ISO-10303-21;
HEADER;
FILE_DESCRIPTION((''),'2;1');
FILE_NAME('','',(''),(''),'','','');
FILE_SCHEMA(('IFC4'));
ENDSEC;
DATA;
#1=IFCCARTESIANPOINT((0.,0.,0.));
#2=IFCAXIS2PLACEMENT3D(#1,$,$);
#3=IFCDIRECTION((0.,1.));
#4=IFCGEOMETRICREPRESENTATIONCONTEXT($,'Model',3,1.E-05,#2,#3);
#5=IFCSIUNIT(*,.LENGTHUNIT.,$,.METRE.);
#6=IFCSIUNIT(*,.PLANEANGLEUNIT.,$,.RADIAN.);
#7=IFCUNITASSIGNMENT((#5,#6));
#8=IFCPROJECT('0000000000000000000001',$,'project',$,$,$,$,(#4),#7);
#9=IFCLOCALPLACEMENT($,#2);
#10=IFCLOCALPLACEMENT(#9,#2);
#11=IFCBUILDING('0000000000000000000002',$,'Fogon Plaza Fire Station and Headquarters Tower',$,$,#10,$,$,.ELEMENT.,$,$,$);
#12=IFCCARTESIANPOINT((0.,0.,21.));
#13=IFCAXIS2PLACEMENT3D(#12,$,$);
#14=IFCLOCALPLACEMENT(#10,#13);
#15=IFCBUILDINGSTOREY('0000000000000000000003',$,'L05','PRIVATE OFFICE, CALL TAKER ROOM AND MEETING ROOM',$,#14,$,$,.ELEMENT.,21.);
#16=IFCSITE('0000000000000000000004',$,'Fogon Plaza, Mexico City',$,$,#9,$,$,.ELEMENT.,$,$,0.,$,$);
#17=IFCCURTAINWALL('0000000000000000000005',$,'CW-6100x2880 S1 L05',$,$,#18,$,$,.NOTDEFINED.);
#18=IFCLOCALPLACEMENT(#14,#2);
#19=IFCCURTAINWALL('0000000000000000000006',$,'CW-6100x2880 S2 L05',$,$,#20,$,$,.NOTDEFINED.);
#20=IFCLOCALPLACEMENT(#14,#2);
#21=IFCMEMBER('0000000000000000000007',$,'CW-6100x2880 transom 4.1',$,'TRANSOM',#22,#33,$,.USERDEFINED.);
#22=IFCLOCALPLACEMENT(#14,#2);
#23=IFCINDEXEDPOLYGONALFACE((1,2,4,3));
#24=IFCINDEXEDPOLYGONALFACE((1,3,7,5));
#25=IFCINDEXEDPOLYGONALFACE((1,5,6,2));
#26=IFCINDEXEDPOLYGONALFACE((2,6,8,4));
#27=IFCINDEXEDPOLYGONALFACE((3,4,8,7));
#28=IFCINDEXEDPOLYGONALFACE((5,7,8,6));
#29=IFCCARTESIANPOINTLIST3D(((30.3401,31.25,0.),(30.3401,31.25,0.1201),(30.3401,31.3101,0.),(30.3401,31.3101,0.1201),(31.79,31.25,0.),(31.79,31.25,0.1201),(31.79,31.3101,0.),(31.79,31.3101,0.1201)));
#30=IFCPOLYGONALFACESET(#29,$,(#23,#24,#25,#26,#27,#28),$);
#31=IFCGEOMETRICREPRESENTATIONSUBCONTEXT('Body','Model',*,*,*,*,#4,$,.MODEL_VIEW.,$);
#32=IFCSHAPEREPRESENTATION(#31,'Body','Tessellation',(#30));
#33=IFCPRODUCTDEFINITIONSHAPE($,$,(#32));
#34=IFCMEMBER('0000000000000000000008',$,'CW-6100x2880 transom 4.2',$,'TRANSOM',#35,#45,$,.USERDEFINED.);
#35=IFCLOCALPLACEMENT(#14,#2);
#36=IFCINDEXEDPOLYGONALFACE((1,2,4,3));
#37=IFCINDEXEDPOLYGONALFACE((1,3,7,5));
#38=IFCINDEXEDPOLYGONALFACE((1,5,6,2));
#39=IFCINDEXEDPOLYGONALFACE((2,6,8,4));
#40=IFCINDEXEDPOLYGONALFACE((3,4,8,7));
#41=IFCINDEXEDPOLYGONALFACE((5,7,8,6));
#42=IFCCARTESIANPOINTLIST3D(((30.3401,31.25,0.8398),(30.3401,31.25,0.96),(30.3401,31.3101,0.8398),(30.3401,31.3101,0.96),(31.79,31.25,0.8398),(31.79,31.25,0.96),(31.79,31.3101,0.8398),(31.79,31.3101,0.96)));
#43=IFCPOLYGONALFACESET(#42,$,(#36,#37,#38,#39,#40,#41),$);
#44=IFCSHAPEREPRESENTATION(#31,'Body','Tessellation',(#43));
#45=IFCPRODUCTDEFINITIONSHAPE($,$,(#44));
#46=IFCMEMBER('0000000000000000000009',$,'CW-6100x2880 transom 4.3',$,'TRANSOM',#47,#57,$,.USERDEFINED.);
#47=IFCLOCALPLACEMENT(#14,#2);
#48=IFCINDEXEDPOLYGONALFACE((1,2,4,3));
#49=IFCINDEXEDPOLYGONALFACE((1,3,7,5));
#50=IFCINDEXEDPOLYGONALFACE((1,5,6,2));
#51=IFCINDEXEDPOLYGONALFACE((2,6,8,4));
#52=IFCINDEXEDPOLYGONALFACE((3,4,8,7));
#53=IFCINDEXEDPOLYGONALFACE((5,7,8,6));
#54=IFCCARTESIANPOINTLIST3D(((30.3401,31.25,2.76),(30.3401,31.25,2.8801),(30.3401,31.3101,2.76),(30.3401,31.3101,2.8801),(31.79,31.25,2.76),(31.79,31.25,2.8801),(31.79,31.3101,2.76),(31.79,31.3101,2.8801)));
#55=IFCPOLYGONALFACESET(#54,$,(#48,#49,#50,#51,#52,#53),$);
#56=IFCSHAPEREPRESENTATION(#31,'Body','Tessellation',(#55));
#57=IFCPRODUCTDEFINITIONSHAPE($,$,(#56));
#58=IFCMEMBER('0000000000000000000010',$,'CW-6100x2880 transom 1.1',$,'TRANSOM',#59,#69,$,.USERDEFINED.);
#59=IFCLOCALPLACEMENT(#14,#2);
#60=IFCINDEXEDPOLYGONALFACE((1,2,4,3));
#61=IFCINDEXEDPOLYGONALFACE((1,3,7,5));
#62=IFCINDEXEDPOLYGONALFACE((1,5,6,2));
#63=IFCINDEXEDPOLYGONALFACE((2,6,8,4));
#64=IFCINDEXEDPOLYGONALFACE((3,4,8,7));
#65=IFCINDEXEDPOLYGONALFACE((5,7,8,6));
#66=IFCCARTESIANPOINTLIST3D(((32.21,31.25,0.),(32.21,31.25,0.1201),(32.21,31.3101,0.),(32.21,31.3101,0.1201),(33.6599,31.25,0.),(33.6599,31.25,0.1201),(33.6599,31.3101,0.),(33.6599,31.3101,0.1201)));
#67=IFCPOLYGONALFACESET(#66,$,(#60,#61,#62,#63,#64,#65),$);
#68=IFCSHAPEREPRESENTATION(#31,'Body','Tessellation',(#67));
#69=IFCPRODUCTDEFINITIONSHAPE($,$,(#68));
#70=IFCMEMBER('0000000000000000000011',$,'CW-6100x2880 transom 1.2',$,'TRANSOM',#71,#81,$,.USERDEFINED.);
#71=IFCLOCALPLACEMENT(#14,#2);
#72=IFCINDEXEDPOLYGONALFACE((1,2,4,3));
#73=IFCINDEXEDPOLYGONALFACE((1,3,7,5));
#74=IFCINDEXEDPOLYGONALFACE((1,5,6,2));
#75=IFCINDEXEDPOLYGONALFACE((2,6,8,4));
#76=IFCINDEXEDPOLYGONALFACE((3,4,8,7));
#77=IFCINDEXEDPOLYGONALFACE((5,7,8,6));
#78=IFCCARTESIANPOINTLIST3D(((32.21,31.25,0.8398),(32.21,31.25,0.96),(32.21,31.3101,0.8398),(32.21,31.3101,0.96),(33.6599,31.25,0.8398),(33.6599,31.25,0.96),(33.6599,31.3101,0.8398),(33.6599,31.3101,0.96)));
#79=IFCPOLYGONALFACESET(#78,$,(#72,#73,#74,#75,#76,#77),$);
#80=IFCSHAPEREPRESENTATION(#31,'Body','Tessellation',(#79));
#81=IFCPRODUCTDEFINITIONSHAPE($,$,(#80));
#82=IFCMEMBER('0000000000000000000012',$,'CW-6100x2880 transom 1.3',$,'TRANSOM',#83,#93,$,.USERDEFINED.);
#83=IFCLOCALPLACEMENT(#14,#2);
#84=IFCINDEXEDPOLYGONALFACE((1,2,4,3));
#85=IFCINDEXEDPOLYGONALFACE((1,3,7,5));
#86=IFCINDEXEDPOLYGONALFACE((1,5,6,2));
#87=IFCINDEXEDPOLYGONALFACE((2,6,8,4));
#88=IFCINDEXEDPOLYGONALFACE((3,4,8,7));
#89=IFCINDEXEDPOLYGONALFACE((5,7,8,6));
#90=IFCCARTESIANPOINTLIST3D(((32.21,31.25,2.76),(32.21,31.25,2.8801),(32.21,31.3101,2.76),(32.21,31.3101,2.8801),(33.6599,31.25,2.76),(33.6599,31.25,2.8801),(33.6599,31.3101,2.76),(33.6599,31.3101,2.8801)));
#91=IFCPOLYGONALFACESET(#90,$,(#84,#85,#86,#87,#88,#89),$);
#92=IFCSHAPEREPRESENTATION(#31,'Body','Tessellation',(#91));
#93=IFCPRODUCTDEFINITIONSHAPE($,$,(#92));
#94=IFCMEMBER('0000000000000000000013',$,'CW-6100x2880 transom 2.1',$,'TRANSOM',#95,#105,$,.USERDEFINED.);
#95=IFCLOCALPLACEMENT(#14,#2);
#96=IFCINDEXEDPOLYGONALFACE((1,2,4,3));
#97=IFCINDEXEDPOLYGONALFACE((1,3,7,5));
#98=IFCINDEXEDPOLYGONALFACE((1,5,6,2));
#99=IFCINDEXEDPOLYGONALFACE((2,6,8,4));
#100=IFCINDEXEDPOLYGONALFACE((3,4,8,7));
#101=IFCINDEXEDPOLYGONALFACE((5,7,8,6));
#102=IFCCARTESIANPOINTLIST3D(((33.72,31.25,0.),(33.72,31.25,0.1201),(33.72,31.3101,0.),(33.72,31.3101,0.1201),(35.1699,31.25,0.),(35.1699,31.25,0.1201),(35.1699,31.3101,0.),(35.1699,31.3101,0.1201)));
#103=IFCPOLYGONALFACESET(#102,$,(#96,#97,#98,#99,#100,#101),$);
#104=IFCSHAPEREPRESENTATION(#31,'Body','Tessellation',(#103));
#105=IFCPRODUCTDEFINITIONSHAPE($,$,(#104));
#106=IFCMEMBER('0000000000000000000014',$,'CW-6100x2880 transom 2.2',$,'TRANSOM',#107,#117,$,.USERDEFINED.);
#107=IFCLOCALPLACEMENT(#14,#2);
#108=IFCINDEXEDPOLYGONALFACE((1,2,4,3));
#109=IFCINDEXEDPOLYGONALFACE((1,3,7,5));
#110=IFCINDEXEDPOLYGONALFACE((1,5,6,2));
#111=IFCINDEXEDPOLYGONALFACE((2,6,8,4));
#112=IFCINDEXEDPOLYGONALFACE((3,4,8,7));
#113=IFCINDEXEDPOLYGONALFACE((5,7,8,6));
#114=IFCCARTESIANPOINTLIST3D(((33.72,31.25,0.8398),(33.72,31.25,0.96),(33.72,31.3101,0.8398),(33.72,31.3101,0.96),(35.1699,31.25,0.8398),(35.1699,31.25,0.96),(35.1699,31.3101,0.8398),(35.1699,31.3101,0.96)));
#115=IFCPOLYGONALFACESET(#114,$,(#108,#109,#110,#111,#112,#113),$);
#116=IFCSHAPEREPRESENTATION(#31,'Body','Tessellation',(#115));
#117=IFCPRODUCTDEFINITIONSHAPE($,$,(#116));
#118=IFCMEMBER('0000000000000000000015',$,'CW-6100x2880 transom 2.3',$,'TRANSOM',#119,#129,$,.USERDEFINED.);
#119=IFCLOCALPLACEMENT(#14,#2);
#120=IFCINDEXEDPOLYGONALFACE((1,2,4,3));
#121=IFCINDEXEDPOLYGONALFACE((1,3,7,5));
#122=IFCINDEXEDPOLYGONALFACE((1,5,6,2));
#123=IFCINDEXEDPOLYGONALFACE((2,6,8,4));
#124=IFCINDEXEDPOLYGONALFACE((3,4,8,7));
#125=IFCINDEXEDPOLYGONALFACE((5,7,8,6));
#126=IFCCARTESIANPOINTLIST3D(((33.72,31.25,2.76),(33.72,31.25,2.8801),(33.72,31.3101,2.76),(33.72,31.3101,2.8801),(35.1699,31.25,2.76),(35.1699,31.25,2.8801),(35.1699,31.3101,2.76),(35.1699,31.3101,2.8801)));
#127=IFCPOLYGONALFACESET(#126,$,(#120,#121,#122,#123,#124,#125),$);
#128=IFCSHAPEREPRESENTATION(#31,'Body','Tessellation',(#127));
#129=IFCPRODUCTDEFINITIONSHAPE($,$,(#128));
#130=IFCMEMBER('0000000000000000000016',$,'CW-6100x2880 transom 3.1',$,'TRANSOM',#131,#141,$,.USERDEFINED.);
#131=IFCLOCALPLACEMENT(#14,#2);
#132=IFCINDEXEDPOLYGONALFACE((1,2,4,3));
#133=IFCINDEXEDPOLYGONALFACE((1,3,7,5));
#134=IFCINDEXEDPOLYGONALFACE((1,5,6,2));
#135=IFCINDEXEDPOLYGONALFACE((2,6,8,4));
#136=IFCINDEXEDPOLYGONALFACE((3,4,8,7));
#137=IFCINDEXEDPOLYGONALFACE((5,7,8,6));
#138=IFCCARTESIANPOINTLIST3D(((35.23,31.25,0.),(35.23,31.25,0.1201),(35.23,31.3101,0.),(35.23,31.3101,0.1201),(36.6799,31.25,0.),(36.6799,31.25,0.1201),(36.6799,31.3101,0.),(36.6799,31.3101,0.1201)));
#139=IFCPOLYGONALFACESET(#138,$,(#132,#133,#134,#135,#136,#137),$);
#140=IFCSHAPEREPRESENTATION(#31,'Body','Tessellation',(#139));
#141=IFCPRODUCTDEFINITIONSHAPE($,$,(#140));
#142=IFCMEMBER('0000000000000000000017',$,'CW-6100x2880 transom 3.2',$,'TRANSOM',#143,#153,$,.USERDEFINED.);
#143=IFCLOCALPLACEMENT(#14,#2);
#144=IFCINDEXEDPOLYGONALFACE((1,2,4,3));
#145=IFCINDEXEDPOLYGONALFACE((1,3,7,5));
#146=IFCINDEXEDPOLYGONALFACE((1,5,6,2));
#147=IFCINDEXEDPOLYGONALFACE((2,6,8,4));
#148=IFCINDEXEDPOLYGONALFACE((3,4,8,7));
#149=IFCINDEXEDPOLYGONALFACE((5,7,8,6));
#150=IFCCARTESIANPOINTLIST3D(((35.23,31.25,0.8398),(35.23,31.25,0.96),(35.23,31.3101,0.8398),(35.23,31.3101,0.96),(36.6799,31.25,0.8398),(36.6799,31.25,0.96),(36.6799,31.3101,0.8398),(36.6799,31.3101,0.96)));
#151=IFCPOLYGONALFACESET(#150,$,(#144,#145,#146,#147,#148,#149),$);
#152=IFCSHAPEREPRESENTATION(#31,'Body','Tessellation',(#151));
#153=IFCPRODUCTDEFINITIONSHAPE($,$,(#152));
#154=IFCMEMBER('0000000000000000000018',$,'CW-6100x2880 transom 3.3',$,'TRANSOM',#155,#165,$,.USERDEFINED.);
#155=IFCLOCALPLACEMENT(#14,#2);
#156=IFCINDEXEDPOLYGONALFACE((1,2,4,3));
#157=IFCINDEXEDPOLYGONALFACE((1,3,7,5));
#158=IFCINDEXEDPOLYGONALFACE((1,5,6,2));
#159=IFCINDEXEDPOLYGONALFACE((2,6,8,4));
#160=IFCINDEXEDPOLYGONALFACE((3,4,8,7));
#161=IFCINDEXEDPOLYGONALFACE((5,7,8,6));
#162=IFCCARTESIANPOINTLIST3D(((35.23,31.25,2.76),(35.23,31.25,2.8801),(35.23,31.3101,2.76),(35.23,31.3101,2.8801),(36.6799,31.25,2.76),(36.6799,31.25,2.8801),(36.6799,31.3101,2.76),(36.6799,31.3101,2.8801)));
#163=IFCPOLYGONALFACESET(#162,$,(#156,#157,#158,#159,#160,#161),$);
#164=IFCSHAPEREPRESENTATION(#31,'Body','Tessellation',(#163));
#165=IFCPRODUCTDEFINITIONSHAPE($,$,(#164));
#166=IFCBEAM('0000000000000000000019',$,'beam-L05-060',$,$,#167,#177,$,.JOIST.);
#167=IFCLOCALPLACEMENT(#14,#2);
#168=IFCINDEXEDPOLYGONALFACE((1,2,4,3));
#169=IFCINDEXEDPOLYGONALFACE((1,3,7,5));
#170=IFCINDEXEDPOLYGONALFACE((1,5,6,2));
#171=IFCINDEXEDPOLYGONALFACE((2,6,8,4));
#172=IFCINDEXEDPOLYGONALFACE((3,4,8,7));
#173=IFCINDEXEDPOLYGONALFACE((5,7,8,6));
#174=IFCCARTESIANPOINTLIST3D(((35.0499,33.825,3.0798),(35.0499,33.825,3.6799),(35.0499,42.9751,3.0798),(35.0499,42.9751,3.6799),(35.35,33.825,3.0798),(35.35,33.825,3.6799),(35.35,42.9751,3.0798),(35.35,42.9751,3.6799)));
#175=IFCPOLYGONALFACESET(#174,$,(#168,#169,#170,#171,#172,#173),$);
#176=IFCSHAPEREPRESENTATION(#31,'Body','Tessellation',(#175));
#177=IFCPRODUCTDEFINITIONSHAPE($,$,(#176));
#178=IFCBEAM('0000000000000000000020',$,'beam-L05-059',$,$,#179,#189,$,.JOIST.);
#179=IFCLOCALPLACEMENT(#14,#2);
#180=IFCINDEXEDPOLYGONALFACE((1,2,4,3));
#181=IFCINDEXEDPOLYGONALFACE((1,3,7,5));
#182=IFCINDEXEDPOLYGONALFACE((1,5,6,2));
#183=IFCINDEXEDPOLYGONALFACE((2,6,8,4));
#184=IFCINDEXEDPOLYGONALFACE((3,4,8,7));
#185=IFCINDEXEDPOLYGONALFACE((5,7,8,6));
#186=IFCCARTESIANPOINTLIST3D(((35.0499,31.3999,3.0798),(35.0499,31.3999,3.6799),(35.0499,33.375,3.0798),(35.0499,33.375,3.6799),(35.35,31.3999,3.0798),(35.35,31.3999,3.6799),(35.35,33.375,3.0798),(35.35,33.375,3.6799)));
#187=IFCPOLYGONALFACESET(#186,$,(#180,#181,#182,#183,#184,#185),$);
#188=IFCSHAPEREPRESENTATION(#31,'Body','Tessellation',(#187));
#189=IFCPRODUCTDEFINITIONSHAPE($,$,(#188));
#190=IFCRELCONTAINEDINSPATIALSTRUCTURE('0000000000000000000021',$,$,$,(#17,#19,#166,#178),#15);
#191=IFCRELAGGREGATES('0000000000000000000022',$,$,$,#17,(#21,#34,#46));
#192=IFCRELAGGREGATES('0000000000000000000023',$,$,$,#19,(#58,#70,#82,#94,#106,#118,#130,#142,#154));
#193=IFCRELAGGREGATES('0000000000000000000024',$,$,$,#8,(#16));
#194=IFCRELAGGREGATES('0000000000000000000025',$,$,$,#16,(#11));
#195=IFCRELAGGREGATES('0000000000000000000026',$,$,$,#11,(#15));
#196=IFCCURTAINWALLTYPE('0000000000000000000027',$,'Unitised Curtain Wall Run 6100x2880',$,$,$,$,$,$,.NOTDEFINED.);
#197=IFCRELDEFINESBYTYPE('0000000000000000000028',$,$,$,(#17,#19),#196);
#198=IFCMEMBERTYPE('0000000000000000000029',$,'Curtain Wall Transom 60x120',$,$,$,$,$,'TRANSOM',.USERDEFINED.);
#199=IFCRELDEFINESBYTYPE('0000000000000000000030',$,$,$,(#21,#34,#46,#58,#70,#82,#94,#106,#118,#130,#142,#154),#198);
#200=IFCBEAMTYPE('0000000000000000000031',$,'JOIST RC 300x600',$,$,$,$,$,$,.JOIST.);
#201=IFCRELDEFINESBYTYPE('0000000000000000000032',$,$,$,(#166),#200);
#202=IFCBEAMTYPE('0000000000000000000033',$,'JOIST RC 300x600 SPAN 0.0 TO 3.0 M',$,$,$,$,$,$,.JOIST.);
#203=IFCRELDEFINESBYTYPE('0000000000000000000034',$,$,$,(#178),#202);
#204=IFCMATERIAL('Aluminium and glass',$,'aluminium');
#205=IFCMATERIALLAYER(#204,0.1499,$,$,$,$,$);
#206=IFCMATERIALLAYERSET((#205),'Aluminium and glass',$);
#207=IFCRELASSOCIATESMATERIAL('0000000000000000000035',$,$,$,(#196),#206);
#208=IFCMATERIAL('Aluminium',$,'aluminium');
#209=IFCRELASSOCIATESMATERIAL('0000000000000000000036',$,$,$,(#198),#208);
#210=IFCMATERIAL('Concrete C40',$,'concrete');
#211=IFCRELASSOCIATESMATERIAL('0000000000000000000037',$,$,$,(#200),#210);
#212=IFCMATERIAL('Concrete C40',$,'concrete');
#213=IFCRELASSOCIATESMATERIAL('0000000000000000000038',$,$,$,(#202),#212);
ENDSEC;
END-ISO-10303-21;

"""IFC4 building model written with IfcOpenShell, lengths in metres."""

from ifc_helpers import new_model, si_unit, direction, frame, origin, origin_2d, place, context, subcontext, project, spatial, rectangle, extrude, material, layer, layer_set, material_profile, profile_set, type_object, element, aggregate, save


model = new_model("IFC4")

# Units and contexts
model_context = context("Model", 3, precision=1e-05, world=origin(), true_north=direction((0.0, 1.0)))
body_context = subcontext(model_context, "Body", "Model", "MODEL_VIEW")
ifc_project = project(units=[si_unit("LENGTHUNIT", "METRE"), si_unit("PLANEANGLEUNIT", "RADIAN")], contexts=[model_context])

# Site, building, storey
site_placement = place(None, origin())
site = spatial("IfcSite", under=ifc_project, at=site_placement, Name="Fogon Plaza, Mexico City", CompositionType="ELEMENT", RefElevation=0.0)
building_placement = place(site_placement, origin())
building = spatial("IfcBuilding", under=site, at=building_placement, Name="Fogon Plaza Fire Station and Headquarters Tower", CompositionType="ELEMENT")
storey_placement = place(building_placement, frame((0.0, 0.0, 21.0)))
storey = spatial("IfcBuildingStorey", under=building, at=storey_placement, Name="L05", Description="PRIVATE OFFICE, CALL TAKER ROOM AND MEETING ROOM", CompositionType="ELEMENT", Elevation=21.0)

# Curtain walls
ifc_material_1 = material(Name="Aluminium and glass", Category="aluminium")
ifc_layer_1 = layer(ifc_material_1, 0.1499)
ifc_layer_set_1 = layer_set([ifc_layer_1], Name="Aluminium and glass")
curtain_wall_type = type_object("IfcCurtainWallType", Name="Unitised Curtain Wall Run 6100x2880", PredefinedType="NOTDEFINED", material=ifc_layer_set_1)
curtain_wall_1_placement = place(storey_placement, origin())
curtain_wall_1 = element("IfcCurtainWall", 1, at=curtain_wall_1_placement, inside=storey, type_object=curtain_wall_type, Name="CW-6100x2880 S1 L05", PredefinedType="NOTDEFINED")
curtain_wall_2_placement = place(storey_placement, origin())
curtain_wall_2 = element("IfcCurtainWall", 2, at=curtain_wall_2_placement, inside=storey, type_object=curtain_wall_type, Name="CW-6100x2880 S2 L05", PredefinedType="NOTDEFINED")

# Members
ifc_material_2 = material(Name="Aluminium", Category="aluminium")
ifc_material_profile_1 = material_profile(ifc_material_2, rectangle(XDim=0.0601, YDim=0.1201, at=origin_2d()), Name="Curtain Wall Transom 60x120")
ifc_profile_set_1 = profile_set([ifc_material_profile_1], Name="Aluminium")
member_type_1 = type_object("IfcMemberType", Name="Curtain Wall Transom 60x120", ElementType="TRANSOM", PredefinedType="USERDEFINED", material=ifc_profile_set_1)
member_1_placement = place(storey_placement, frame((30.3401, 31.28, 0.0601), z_axis=(1.0, 0.0, 0.0), x_axis=(0.0, 1.0, 0.0)))
member_1 = element("IfcMember", 3, at=member_1_placement, type_object=member_type_1, Name="CW-6100x2880 transom 4.1", ObjectType="TRANSOM", PredefinedType="USERDEFINED", context=body_context, shape_type="SweptSolid", body=[
    extrude(rectangle(XDim=0.0601, YDim=0.1201, at=origin_2d()), origin(), (0.0, 0.0, 1.0), 1.45),
])
member_2_placement = place(storey_placement, frame((30.3401, 31.28, 0.8999), z_axis=(1.0, 0.0, 0.0), x_axis=(0.0, 1.0, 0.0)))
member_2 = element("IfcMember", 4, at=member_2_placement, type_object=member_type_1, Name="CW-6100x2880 transom 4.2", ObjectType="TRANSOM", PredefinedType="USERDEFINED", context=body_context, shape_type="SweptSolid", body=[
    extrude(rectangle(XDim=0.0601, YDim=0.1201, at=origin_2d()), origin(), (0.0, 0.0, 1.0), 1.45),
])
member_3_placement = place(storey_placement, frame((30.3401, 31.28, 2.8201), z_axis=(1.0, 0.0, 0.0), x_axis=(0.0, 1.0, 0.0)))
member_3 = element("IfcMember", 5, at=member_3_placement, type_object=member_type_1, Name="CW-6100x2880 transom 4.3", ObjectType="TRANSOM", PredefinedType="USERDEFINED", context=body_context, shape_type="SweptSolid", body=[
    extrude(rectangle(XDim=0.0601, YDim=0.1201, at=origin_2d()), origin(), (0.0, 0.0, 1.0), 1.45),
])
member_4_placement = place(storey_placement, frame((32.21, 31.28, 0.0601), z_axis=(1.0, 0.0, 0.0), x_axis=(0.0, 1.0, 0.0)))
member_4 = element("IfcMember", 6, at=member_4_placement, type_object=member_type_1, Name="CW-6100x2880 transom 1.1", ObjectType="TRANSOM", PredefinedType="USERDEFINED", context=body_context, shape_type="SweptSolid", body=[
    extrude(rectangle(XDim=0.0601, YDim=0.1201, at=origin_2d()), origin(), (0.0, 0.0, 1.0), 1.45),
])
member_5_placement = place(storey_placement, frame((32.21, 31.28, 0.8999), z_axis=(1.0, 0.0, 0.0), x_axis=(0.0, 1.0, 0.0)))
member_5 = element("IfcMember", 7, at=member_5_placement, type_object=member_type_1, Name="CW-6100x2880 transom 1.2", ObjectType="TRANSOM", PredefinedType="USERDEFINED", context=body_context, shape_type="SweptSolid", body=[
    extrude(rectangle(XDim=0.0601, YDim=0.1201, at=origin_2d()), origin(), (0.0, 0.0, 1.0), 1.45),
])
member_6_placement = place(storey_placement, frame((32.21, 31.28, 2.8201), z_axis=(1.0, 0.0, 0.0), x_axis=(0.0, 1.0, 0.0)))
member_6 = element("IfcMember", 8, at=member_6_placement, type_object=member_type_1, Name="CW-6100x2880 transom 1.3", ObjectType="TRANSOM", PredefinedType="USERDEFINED", context=body_context, shape_type="SweptSolid", body=[
    extrude(rectangle(XDim=0.0601, YDim=0.1201, at=origin_2d()), origin(), (0.0, 0.0, 1.0), 1.45),
])
member_7_placement = place(storey_placement, frame((33.72, 31.28, 0.0601), z_axis=(1.0, 0.0, 0.0), x_axis=(0.0, 1.0, 0.0)))
member_7 = element("IfcMember", 9, at=member_7_placement, type_object=member_type_1, Name="CW-6100x2880 transom 2.1", ObjectType="TRANSOM", PredefinedType="USERDEFINED", context=body_context, shape_type="SweptSolid", body=[
    extrude(rectangle(XDim=0.0601, YDim=0.1201, at=origin_2d()), origin(), (0.0, 0.0, 1.0), 1.45),
])
member_8_placement = place(storey_placement, frame((33.72, 31.28, 0.8999), z_axis=(1.0, 0.0, 0.0), x_axis=(0.0, 1.0, 0.0)))
member_8 = element("IfcMember", 10, at=member_8_placement, type_object=member_type_1, Name="CW-6100x2880 transom 2.2", ObjectType="TRANSOM", PredefinedType="USERDEFINED", context=body_context, shape_type="SweptSolid", body=[
    extrude(rectangle(XDim=0.0601, YDim=0.1201, at=origin_2d()), origin(), (0.0, 0.0, 1.0), 1.45),
])
member_9_placement = place(storey_placement, frame((33.72, 31.28, 2.8201), z_axis=(1.0, 0.0, 0.0), x_axis=(0.0, 1.0, 0.0)))
member_9 = element("IfcMember", 11, at=member_9_placement, type_object=member_type_1, Name="CW-6100x2880 transom 2.3", ObjectType="TRANSOM", PredefinedType="USERDEFINED", context=body_context, shape_type="SweptSolid", body=[
    extrude(rectangle(XDim=0.0601, YDim=0.1201, at=origin_2d()), origin(), (0.0, 0.0, 1.0), 1.45),
])
member_10_placement = place(storey_placement, frame((35.23, 31.28, 0.0601), z_axis=(1.0, 0.0, 0.0), x_axis=(0.0, 1.0, 0.0)))
member_10 = element("IfcMember", 12, at=member_10_placement, type_object=member_type_1, Name="CW-6100x2880 transom 3.1", ObjectType="TRANSOM", PredefinedType="USERDEFINED", context=body_context, shape_type="SweptSolid", body=[
    extrude(rectangle(XDim=0.0601, YDim=0.1201, at=origin_2d()), origin(), (0.0, 0.0, 1.0), 1.45),
])
member_11_placement = place(storey_placement, frame((35.23, 31.28, 0.8999), z_axis=(1.0, 0.0, 0.0), x_axis=(0.0, 1.0, 0.0)))
member_11 = element("IfcMember", 13, at=member_11_placement, type_object=member_type_1, Name="CW-6100x2880 transom 3.2", ObjectType="TRANSOM", PredefinedType="USERDEFINED", context=body_context, shape_type="SweptSolid", body=[
    extrude(rectangle(XDim=0.0601, YDim=0.1201, at=origin_2d()), origin(), (0.0, 0.0, 1.0), 1.45),
])
member_12_placement = place(storey_placement, frame((35.23, 31.28, 2.8201), z_axis=(1.0, 0.0, 0.0), x_axis=(0.0, 1.0, 0.0)))
member_12 = element("IfcMember", 14, at=member_12_placement, type_object=member_type_1, Name="CW-6100x2880 transom 3.3", ObjectType="TRANSOM", PredefinedType="USERDEFINED", context=body_context, shape_type="SweptSolid", body=[
    extrude(rectangle(XDim=0.0601, YDim=0.1201, at=origin_2d()), origin(), (0.0, 0.0, 1.0), 1.45),
])

# Beams
ifc_material_3 = material(Name="Concrete C40", Category="concrete")
ifc_material_profile_2 = material_profile(ifc_material_3, rectangle(XDim=0.3, YDim=0.6001, at=origin_2d()), Name="RC 300x600")
ifc_profile_set_2 = profile_set([ifc_material_profile_2], Name="Concrete C40")
beam_type_1 = type_object("IfcBeamType", Name="JOIST RC 300x600", PredefinedType="JOIST", material=ifc_profile_set_2)
beam_1_placement = place(storey_placement, frame((35.2, 33.825, 3.3799), z_axis=(0.0, 1.0, 0.0), x_axis=(-1.0, 0.0, 0.0)))
element("IfcBeam", 15, at=beam_1_placement, inside=storey, type_object=beam_type_1, Name="beam-L05-060", PredefinedType="JOIST", context=body_context, shape_type="SweptSolid", body=[
    extrude(rectangle(XDim=0.3, YDim=0.6001, at=origin_2d()), origin(), (0.0, 0.0, 1.0), 9.1501),
])
ifc_material_4 = material(Name="Concrete C40", Category="concrete")
ifc_material_profile_3 = material_profile(ifc_material_4, rectangle(XDim=0.3, YDim=0.6001, at=origin_2d()), Name="RC 300x600")
ifc_profile_set_3 = profile_set([ifc_material_profile_3], Name="Concrete C40")
beam_type_2 = type_object("IfcBeamType", Name="JOIST RC 300x600 SPAN 0.0 TO 3.0 M", PredefinedType="JOIST", material=ifc_profile_set_3)
beam_2_placement = place(storey_placement, frame((35.2, 31.3999, 3.3799), z_axis=(0.0, 1.0, 0.0), x_axis=(-1.0, 0.0, 0.0)))
element("IfcBeam", 16, at=beam_2_placement, inside=storey, type_object=beam_type_2, Name="beam-L05-059", PredefinedType="JOIST", context=body_context, shape_type="SweptSolid", body=[
    extrude(rectangle(XDim=0.3, YDim=0.6001, at=origin_2d()), origin(), (0.0, 0.0, 1.0), 1.9751),
])

aggregate(curtain_wall_1, [member_1, member_2, member_3])
aggregate(curtain_wall_2, [member_4, member_5, member_6, member_7, member_8, member_9, member_10, member_11, member_12])

save(model, "model.ifc")
